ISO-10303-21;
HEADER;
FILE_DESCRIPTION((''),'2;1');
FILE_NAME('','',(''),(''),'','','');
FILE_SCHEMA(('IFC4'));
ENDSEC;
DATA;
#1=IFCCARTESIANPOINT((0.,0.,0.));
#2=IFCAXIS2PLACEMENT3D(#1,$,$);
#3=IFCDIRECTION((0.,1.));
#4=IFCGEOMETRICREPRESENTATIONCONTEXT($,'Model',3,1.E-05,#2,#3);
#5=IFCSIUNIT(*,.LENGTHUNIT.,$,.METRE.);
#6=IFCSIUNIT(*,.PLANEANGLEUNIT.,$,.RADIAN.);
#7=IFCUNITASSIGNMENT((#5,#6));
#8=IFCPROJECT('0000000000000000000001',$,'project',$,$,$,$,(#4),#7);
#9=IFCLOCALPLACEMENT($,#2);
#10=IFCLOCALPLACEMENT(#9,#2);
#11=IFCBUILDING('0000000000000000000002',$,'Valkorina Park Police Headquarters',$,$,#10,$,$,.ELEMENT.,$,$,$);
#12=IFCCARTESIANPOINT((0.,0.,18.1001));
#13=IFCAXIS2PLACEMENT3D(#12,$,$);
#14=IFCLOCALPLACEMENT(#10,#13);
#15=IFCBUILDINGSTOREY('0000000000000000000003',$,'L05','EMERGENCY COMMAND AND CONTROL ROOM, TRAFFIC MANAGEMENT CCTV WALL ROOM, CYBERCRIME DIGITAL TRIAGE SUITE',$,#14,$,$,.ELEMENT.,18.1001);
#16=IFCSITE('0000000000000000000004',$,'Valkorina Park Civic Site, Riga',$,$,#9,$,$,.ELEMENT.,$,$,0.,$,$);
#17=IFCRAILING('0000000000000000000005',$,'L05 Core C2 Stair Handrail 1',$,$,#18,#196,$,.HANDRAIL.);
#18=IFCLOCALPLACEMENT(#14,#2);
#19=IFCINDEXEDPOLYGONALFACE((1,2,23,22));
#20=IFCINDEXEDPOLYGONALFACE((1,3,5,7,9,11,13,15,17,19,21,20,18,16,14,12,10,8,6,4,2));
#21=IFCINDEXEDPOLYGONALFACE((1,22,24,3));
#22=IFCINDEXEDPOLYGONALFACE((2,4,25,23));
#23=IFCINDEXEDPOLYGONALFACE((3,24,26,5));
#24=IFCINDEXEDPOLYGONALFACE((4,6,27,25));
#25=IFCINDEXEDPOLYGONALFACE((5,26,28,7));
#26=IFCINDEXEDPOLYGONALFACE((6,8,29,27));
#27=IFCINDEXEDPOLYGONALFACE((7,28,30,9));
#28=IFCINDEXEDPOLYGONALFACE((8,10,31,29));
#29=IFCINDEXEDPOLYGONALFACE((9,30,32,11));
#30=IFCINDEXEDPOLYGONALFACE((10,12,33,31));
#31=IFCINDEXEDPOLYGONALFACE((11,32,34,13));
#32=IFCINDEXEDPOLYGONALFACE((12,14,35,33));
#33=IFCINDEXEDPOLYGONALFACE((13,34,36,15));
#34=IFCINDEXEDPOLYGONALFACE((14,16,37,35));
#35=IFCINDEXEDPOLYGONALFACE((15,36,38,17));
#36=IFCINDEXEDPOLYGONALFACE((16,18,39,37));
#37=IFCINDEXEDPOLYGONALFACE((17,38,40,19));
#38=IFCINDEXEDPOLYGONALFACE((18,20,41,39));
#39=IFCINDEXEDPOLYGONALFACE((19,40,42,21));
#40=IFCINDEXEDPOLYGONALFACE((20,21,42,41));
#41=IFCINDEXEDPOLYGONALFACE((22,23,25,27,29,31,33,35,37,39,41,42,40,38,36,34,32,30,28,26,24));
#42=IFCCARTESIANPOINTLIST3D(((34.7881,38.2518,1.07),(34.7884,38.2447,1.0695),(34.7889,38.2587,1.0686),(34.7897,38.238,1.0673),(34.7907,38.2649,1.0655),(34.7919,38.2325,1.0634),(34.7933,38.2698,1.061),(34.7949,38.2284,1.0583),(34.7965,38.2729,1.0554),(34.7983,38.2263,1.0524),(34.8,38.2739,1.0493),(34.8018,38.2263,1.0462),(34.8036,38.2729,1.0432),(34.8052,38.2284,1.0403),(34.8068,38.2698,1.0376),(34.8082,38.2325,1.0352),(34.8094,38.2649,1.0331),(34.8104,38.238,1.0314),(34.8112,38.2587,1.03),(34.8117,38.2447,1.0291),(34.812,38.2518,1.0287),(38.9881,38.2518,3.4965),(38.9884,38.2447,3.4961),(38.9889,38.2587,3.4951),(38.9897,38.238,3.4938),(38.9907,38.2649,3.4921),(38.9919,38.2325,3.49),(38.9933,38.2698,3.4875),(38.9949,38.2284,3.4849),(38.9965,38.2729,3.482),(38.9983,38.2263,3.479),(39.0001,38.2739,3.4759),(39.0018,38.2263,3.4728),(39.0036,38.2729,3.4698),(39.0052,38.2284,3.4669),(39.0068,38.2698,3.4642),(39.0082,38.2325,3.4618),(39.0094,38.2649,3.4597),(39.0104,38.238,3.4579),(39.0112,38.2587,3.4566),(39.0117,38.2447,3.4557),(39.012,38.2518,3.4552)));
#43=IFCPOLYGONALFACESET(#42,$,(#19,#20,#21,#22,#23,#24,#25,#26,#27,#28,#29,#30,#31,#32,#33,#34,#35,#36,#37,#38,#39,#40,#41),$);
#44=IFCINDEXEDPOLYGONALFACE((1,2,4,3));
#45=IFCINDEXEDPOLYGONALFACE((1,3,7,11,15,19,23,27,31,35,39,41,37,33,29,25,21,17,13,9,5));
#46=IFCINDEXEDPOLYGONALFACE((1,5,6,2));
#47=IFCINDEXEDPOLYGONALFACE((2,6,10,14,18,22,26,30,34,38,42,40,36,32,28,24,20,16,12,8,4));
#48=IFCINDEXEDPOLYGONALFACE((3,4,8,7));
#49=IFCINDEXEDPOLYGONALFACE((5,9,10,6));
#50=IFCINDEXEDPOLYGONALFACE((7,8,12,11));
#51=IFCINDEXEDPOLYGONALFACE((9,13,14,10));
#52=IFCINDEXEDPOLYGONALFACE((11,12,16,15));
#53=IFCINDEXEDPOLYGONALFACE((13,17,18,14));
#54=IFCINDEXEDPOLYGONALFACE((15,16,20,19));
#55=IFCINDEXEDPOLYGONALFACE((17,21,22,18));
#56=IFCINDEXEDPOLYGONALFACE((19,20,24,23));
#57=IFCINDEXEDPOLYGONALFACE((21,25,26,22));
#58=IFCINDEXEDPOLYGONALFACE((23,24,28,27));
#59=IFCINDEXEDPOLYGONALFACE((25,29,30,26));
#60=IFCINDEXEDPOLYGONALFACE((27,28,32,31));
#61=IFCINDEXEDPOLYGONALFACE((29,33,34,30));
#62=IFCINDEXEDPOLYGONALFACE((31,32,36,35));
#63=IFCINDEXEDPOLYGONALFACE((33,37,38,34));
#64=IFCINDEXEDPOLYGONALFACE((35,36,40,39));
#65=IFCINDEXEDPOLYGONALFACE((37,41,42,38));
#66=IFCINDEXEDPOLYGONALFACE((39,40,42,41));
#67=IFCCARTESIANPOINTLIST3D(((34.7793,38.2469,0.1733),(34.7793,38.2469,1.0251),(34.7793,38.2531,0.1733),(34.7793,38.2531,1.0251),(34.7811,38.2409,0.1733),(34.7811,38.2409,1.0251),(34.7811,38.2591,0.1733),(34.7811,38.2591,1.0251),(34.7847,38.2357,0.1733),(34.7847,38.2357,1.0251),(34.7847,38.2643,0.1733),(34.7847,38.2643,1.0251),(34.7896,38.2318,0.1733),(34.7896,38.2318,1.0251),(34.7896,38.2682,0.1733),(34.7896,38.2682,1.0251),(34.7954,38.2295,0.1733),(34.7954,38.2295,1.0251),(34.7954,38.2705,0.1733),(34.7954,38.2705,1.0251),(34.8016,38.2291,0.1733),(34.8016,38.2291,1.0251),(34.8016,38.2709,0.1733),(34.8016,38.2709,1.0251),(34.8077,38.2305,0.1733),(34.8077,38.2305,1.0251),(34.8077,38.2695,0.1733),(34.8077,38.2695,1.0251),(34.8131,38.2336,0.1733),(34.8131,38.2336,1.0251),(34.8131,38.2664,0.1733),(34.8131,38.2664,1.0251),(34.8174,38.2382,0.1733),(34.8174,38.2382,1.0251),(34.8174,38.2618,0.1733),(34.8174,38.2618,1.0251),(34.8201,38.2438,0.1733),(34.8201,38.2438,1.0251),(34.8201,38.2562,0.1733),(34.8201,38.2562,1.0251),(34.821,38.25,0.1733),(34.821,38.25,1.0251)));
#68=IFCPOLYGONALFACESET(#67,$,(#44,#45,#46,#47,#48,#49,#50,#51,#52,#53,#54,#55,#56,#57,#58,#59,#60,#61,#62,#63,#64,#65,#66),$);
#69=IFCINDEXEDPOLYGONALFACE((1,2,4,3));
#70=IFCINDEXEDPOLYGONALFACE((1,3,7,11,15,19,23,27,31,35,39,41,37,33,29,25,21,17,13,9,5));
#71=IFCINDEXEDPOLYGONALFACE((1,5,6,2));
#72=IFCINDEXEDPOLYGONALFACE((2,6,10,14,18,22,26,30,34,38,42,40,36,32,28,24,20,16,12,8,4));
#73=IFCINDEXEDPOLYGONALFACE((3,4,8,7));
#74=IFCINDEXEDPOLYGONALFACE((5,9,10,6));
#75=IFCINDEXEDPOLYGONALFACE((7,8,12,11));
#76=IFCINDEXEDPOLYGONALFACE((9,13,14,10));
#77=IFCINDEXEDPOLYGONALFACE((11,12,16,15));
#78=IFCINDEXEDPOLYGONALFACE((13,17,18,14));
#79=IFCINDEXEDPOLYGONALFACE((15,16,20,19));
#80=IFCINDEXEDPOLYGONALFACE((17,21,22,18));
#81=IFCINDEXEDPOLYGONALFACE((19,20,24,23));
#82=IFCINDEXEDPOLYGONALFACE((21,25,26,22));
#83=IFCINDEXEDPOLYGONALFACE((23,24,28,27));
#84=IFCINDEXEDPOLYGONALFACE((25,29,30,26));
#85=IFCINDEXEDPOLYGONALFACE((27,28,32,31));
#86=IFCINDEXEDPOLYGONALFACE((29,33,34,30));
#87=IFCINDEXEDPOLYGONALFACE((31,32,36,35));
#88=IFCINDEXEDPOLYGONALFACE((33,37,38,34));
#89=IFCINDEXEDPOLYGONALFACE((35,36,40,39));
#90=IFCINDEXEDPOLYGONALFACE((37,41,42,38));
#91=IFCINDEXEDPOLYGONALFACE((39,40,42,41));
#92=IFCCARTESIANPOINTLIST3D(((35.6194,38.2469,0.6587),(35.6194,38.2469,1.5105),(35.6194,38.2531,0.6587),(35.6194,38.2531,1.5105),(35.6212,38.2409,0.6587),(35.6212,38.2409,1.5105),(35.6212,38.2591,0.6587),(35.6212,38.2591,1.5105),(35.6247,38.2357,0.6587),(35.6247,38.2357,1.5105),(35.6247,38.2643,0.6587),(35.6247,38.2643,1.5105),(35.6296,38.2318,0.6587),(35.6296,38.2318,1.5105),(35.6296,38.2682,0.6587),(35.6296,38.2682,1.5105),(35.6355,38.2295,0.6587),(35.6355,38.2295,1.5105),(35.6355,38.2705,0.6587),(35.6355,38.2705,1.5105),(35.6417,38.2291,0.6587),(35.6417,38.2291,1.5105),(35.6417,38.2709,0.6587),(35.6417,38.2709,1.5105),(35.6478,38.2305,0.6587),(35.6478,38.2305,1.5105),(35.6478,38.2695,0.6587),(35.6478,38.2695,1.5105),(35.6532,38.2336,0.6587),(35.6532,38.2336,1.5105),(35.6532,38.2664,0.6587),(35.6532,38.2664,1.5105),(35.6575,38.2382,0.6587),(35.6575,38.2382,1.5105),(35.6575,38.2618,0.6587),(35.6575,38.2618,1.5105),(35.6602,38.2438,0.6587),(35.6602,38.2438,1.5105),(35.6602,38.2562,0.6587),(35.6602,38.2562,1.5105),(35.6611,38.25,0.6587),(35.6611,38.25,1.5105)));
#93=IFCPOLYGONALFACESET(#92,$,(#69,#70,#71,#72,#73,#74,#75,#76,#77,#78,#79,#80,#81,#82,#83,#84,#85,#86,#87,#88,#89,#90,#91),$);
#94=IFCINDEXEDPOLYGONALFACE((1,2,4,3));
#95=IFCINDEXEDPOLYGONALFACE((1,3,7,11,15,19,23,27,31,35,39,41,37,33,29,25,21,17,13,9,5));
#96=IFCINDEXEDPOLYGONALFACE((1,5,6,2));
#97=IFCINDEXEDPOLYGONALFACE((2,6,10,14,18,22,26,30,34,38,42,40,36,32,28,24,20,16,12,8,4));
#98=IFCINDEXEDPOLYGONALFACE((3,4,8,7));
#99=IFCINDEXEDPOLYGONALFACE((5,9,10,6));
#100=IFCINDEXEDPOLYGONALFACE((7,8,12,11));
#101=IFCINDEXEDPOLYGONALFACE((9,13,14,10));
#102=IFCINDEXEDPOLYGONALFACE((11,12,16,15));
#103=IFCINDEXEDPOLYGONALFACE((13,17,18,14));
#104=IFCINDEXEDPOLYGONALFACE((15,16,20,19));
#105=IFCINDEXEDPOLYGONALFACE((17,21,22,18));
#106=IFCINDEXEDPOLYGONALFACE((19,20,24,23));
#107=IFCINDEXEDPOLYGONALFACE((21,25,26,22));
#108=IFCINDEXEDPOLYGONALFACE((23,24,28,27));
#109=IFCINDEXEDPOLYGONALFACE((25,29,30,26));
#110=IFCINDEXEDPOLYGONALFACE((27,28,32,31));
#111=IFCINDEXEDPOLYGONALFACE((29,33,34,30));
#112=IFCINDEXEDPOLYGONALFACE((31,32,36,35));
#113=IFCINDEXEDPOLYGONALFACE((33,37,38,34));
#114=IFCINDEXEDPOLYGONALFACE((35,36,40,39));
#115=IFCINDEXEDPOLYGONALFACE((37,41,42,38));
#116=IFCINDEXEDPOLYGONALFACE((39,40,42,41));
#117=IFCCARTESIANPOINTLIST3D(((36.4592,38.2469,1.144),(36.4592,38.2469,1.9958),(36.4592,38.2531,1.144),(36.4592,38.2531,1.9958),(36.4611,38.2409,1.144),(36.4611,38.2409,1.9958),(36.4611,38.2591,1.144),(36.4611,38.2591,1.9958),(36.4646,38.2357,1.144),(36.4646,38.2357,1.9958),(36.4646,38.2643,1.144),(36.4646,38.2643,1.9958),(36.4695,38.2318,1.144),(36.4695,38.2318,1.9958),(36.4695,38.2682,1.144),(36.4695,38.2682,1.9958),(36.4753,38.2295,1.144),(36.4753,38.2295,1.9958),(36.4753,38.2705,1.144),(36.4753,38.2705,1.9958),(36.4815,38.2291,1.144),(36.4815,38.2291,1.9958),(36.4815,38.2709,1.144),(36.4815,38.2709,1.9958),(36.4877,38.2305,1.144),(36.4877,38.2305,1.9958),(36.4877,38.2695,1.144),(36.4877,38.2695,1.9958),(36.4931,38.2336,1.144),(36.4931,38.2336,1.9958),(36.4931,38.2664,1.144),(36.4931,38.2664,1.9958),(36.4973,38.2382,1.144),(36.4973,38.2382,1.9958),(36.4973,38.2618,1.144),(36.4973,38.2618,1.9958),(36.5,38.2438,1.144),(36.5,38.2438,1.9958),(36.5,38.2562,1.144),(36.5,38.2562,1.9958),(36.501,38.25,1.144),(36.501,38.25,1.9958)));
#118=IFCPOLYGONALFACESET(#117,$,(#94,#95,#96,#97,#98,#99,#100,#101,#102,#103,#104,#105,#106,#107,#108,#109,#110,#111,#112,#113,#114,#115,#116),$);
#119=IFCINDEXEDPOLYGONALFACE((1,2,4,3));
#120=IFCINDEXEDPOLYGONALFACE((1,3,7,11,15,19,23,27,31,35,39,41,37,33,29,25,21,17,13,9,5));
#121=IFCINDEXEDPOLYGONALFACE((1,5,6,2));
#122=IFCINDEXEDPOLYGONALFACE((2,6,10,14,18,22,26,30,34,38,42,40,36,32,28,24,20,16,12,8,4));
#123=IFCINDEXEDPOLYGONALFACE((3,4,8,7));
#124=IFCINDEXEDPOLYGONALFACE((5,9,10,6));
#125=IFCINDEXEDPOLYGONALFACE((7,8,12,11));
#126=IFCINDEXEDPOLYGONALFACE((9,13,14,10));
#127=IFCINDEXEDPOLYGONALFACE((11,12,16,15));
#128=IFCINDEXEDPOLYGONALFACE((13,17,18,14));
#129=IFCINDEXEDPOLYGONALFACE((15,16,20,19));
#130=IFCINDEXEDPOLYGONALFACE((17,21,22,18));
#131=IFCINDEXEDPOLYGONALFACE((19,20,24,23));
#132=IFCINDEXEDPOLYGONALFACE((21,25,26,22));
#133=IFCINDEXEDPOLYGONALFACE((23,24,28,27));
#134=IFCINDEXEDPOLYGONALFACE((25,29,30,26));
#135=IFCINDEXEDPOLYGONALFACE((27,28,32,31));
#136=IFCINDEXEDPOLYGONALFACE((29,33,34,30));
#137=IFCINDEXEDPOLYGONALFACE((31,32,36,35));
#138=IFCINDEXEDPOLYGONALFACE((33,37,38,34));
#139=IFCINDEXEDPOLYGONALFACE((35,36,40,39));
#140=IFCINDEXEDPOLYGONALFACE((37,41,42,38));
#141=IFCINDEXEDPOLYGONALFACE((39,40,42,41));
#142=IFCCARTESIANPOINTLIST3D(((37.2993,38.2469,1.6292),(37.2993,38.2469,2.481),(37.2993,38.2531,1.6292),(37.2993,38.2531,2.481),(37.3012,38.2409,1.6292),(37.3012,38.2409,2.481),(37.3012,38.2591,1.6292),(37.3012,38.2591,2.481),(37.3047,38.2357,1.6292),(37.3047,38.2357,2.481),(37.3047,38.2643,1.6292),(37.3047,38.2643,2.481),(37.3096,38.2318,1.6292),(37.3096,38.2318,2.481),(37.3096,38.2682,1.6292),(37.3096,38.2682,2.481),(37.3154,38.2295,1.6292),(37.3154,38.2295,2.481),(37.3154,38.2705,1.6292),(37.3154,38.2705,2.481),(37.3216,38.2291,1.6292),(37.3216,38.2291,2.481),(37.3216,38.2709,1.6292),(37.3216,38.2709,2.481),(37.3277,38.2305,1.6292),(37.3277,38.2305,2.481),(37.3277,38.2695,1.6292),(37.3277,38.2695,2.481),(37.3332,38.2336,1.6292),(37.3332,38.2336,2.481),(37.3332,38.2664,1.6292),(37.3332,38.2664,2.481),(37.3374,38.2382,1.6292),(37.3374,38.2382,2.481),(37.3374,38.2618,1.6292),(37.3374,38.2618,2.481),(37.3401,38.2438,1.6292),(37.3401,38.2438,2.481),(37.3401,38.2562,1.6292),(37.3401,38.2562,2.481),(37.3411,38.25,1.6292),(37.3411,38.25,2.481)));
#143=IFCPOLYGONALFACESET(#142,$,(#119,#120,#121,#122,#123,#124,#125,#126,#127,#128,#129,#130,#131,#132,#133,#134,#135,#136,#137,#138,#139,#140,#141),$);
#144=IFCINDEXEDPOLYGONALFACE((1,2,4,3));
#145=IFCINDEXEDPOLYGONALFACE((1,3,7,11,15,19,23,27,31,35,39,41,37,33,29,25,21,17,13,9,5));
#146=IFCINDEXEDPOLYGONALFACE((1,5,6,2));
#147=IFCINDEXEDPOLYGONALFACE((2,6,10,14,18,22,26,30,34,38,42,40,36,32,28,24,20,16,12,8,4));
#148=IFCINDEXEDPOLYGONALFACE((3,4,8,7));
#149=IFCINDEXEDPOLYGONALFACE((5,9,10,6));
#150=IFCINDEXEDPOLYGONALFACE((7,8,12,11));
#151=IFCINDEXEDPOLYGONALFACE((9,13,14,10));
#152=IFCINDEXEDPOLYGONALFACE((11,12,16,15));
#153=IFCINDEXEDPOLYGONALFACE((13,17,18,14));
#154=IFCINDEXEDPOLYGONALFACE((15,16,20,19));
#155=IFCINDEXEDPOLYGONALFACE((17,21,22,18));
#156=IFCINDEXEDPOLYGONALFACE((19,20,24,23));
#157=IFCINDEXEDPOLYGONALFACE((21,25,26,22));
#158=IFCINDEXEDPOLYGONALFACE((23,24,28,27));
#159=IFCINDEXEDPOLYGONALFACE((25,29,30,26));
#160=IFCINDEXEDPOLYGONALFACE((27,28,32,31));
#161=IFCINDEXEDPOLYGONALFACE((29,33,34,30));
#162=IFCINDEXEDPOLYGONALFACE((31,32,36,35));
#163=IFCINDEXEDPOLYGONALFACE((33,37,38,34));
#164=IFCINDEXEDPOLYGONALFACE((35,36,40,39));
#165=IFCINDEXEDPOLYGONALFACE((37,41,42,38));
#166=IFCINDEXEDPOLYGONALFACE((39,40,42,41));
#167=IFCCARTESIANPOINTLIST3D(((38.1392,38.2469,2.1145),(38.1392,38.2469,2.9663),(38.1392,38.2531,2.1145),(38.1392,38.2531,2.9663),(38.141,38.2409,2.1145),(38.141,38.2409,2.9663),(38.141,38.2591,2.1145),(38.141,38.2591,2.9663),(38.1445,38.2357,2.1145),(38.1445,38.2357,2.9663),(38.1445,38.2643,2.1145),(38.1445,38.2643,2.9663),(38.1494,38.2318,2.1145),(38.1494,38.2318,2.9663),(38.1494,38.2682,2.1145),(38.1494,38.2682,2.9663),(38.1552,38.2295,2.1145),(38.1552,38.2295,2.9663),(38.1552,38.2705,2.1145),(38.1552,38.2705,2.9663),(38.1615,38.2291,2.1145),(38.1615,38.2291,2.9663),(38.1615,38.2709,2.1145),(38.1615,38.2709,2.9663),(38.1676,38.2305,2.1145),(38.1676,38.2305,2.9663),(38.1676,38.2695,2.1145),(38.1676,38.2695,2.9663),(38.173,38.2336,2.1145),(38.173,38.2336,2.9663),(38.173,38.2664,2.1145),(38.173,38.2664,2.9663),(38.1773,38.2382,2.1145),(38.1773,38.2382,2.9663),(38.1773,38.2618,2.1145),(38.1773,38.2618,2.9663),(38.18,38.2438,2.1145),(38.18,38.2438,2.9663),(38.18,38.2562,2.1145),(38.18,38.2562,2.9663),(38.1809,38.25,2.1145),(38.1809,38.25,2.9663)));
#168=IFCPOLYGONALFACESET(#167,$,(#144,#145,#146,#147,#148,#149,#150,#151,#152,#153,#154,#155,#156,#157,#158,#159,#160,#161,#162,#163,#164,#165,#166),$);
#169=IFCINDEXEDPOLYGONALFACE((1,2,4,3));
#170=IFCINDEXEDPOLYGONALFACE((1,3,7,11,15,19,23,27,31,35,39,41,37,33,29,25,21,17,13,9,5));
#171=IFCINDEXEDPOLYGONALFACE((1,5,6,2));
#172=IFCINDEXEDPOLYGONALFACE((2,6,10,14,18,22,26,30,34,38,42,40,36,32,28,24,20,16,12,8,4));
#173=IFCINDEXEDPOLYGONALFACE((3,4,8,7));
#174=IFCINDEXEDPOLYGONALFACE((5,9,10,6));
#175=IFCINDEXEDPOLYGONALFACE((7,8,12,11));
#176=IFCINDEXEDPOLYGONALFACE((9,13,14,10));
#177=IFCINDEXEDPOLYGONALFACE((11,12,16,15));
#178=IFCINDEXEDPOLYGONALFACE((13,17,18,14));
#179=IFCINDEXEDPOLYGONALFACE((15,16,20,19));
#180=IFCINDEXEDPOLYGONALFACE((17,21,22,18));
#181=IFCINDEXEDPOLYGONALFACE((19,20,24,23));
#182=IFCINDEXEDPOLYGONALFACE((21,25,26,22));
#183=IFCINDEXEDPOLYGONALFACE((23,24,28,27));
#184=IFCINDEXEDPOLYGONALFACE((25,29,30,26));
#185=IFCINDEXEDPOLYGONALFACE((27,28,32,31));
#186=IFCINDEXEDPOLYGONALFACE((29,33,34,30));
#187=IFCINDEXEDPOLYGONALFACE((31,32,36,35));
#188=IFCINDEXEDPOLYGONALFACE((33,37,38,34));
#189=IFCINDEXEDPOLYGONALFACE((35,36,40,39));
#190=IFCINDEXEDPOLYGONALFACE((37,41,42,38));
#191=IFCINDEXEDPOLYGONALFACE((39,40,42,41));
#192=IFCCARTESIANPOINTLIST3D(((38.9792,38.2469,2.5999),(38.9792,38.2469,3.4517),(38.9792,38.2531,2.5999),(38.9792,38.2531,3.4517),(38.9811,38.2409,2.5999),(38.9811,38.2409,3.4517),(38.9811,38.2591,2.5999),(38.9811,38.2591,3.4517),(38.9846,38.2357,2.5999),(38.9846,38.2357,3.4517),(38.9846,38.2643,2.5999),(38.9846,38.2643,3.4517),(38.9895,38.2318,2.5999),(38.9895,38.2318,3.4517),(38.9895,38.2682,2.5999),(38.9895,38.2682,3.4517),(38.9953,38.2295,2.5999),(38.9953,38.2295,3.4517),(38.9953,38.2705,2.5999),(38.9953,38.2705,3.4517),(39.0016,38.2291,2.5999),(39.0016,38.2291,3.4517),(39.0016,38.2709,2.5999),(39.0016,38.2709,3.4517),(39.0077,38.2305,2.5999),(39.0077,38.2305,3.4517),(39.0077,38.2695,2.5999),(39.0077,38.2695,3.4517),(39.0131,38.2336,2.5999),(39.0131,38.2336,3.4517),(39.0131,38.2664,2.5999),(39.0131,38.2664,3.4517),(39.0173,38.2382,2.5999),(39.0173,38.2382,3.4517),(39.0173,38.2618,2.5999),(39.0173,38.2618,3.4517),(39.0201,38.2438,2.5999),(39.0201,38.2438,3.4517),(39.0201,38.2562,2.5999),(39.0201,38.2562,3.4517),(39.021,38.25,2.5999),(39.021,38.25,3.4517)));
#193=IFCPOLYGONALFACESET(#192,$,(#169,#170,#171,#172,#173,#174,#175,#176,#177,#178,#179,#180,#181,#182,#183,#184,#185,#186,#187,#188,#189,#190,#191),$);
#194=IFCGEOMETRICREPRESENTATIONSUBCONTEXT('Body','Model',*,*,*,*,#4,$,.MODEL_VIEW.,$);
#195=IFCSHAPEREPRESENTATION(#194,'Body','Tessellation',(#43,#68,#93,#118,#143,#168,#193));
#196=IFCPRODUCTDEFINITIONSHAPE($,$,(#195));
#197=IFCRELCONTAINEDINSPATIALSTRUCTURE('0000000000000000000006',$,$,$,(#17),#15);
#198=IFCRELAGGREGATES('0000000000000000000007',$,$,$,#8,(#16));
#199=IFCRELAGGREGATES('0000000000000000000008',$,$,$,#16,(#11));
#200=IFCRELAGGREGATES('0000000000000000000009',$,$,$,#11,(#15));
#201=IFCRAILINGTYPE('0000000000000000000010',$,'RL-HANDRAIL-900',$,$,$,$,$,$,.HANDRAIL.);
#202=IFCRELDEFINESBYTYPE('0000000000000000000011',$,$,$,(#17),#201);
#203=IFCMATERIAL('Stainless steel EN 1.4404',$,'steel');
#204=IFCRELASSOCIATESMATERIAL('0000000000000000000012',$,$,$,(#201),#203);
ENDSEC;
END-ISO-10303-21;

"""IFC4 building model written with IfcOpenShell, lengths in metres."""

from ifc_helpers import new_model, si_unit, direction, frame, origin, origin_2d, place, context, subcontext, project, spatial, circle, extrude, material, type_object, element, save


model = new_model("IFC4")

# Units and contexts
model_context = context("Model", 3, precision=1e-05, world=origin(), true_north=direction((0.0, 1.0)))
body_context = subcontext(model_context, "Body", "Model", "MODEL_VIEW")
ifc_project = project(units=[si_unit("LENGTHUNIT", "METRE"), si_unit("PLANEANGLEUNIT", "RADIAN")], contexts=[model_context])

# Site, building, storey
site_placement = place(None, origin())
site = spatial("IfcSite", under=ifc_project, at=site_placement, Name="Valkorina Park Civic Site, Riga", CompositionType="ELEMENT", RefElevation=0.0)
building_placement = place(site_placement, origin())
building = spatial("IfcBuilding", under=site, at=building_placement, Name="Valkorina Park Police Headquarters", CompositionType="ELEMENT")
storey_placement = place(building_placement, frame((0.0, 0.0, 18.1001)))
storey = spatial("IfcBuildingStorey", under=building, at=storey_placement, Name="L05", Description="EMERGENCY COMMAND AND CONTROL ROOM, TRAFFIC MANAGEMENT CCTV WALL ROOM, CYBERCRIME DIGITAL TRIAGE SUITE", CompositionType="ELEMENT", Elevation=18.1001)

# Railing
ifc_material_1 = material(Name="Stainless steel EN 1.4404", Category="steel")
railing_type_1 = type_object("IfcRailingType", Name="RL-HANDRAIL-900", PredefinedType="HANDRAIL", material=ifc_material_1)
railing_1_placement = place(storey_placement, frame((34.8, 38.25, 0.1733)))
element("IfcRailing", 1, at=railing_1_placement, inside=storey, type_object=railing_type_1, Name="L05 Core C2 Stair Handrail 1", PredefinedType="HANDRAIL", context=body_context, shape_type="SweptSolid", body=[
    extrude(circle(Radius=0.0239, at=origin_2d()), frame((0.0, 0.0, 0.876), z_axis=(0.865876, 0.0, 0.500258), x_axis=(0.0, 1.0, 0.0)), (0.0, 0.0, 1.0), 4.8506),
    extrude(circle(Radius=0.021, at=origin_2d()), origin(), (0.0, 0.0, 1.0), 0.8518),
    extrude(circle(Radius=0.021, at=origin_2d()), frame((0.8401, 0.0, 0.4854)), (0.0, 0.0, 1.0), 0.8518),
    extrude(circle(Radius=0.021, at=origin_2d()), frame((1.6799, 0.0, 0.9707)), (0.0, 0.0, 1.0), 0.8518),
    extrude(circle(Radius=0.021, at=origin_2d()), frame((2.52, 0.0, 1.4558)), (0.0, 0.0, 1.0), 0.8518),
    extrude(circle(Radius=0.021, at=origin_2d()), frame((3.3599, 0.0, 1.9412)), (0.0, 0.0, 1.0), 0.8518),
    extrude(circle(Radius=0.021, at=origin_2d()), frame((4.2, 0.0, 2.4265)), (0.0, 0.0, 1.0), 0.8518),
])

save(model, "model.ifc")
